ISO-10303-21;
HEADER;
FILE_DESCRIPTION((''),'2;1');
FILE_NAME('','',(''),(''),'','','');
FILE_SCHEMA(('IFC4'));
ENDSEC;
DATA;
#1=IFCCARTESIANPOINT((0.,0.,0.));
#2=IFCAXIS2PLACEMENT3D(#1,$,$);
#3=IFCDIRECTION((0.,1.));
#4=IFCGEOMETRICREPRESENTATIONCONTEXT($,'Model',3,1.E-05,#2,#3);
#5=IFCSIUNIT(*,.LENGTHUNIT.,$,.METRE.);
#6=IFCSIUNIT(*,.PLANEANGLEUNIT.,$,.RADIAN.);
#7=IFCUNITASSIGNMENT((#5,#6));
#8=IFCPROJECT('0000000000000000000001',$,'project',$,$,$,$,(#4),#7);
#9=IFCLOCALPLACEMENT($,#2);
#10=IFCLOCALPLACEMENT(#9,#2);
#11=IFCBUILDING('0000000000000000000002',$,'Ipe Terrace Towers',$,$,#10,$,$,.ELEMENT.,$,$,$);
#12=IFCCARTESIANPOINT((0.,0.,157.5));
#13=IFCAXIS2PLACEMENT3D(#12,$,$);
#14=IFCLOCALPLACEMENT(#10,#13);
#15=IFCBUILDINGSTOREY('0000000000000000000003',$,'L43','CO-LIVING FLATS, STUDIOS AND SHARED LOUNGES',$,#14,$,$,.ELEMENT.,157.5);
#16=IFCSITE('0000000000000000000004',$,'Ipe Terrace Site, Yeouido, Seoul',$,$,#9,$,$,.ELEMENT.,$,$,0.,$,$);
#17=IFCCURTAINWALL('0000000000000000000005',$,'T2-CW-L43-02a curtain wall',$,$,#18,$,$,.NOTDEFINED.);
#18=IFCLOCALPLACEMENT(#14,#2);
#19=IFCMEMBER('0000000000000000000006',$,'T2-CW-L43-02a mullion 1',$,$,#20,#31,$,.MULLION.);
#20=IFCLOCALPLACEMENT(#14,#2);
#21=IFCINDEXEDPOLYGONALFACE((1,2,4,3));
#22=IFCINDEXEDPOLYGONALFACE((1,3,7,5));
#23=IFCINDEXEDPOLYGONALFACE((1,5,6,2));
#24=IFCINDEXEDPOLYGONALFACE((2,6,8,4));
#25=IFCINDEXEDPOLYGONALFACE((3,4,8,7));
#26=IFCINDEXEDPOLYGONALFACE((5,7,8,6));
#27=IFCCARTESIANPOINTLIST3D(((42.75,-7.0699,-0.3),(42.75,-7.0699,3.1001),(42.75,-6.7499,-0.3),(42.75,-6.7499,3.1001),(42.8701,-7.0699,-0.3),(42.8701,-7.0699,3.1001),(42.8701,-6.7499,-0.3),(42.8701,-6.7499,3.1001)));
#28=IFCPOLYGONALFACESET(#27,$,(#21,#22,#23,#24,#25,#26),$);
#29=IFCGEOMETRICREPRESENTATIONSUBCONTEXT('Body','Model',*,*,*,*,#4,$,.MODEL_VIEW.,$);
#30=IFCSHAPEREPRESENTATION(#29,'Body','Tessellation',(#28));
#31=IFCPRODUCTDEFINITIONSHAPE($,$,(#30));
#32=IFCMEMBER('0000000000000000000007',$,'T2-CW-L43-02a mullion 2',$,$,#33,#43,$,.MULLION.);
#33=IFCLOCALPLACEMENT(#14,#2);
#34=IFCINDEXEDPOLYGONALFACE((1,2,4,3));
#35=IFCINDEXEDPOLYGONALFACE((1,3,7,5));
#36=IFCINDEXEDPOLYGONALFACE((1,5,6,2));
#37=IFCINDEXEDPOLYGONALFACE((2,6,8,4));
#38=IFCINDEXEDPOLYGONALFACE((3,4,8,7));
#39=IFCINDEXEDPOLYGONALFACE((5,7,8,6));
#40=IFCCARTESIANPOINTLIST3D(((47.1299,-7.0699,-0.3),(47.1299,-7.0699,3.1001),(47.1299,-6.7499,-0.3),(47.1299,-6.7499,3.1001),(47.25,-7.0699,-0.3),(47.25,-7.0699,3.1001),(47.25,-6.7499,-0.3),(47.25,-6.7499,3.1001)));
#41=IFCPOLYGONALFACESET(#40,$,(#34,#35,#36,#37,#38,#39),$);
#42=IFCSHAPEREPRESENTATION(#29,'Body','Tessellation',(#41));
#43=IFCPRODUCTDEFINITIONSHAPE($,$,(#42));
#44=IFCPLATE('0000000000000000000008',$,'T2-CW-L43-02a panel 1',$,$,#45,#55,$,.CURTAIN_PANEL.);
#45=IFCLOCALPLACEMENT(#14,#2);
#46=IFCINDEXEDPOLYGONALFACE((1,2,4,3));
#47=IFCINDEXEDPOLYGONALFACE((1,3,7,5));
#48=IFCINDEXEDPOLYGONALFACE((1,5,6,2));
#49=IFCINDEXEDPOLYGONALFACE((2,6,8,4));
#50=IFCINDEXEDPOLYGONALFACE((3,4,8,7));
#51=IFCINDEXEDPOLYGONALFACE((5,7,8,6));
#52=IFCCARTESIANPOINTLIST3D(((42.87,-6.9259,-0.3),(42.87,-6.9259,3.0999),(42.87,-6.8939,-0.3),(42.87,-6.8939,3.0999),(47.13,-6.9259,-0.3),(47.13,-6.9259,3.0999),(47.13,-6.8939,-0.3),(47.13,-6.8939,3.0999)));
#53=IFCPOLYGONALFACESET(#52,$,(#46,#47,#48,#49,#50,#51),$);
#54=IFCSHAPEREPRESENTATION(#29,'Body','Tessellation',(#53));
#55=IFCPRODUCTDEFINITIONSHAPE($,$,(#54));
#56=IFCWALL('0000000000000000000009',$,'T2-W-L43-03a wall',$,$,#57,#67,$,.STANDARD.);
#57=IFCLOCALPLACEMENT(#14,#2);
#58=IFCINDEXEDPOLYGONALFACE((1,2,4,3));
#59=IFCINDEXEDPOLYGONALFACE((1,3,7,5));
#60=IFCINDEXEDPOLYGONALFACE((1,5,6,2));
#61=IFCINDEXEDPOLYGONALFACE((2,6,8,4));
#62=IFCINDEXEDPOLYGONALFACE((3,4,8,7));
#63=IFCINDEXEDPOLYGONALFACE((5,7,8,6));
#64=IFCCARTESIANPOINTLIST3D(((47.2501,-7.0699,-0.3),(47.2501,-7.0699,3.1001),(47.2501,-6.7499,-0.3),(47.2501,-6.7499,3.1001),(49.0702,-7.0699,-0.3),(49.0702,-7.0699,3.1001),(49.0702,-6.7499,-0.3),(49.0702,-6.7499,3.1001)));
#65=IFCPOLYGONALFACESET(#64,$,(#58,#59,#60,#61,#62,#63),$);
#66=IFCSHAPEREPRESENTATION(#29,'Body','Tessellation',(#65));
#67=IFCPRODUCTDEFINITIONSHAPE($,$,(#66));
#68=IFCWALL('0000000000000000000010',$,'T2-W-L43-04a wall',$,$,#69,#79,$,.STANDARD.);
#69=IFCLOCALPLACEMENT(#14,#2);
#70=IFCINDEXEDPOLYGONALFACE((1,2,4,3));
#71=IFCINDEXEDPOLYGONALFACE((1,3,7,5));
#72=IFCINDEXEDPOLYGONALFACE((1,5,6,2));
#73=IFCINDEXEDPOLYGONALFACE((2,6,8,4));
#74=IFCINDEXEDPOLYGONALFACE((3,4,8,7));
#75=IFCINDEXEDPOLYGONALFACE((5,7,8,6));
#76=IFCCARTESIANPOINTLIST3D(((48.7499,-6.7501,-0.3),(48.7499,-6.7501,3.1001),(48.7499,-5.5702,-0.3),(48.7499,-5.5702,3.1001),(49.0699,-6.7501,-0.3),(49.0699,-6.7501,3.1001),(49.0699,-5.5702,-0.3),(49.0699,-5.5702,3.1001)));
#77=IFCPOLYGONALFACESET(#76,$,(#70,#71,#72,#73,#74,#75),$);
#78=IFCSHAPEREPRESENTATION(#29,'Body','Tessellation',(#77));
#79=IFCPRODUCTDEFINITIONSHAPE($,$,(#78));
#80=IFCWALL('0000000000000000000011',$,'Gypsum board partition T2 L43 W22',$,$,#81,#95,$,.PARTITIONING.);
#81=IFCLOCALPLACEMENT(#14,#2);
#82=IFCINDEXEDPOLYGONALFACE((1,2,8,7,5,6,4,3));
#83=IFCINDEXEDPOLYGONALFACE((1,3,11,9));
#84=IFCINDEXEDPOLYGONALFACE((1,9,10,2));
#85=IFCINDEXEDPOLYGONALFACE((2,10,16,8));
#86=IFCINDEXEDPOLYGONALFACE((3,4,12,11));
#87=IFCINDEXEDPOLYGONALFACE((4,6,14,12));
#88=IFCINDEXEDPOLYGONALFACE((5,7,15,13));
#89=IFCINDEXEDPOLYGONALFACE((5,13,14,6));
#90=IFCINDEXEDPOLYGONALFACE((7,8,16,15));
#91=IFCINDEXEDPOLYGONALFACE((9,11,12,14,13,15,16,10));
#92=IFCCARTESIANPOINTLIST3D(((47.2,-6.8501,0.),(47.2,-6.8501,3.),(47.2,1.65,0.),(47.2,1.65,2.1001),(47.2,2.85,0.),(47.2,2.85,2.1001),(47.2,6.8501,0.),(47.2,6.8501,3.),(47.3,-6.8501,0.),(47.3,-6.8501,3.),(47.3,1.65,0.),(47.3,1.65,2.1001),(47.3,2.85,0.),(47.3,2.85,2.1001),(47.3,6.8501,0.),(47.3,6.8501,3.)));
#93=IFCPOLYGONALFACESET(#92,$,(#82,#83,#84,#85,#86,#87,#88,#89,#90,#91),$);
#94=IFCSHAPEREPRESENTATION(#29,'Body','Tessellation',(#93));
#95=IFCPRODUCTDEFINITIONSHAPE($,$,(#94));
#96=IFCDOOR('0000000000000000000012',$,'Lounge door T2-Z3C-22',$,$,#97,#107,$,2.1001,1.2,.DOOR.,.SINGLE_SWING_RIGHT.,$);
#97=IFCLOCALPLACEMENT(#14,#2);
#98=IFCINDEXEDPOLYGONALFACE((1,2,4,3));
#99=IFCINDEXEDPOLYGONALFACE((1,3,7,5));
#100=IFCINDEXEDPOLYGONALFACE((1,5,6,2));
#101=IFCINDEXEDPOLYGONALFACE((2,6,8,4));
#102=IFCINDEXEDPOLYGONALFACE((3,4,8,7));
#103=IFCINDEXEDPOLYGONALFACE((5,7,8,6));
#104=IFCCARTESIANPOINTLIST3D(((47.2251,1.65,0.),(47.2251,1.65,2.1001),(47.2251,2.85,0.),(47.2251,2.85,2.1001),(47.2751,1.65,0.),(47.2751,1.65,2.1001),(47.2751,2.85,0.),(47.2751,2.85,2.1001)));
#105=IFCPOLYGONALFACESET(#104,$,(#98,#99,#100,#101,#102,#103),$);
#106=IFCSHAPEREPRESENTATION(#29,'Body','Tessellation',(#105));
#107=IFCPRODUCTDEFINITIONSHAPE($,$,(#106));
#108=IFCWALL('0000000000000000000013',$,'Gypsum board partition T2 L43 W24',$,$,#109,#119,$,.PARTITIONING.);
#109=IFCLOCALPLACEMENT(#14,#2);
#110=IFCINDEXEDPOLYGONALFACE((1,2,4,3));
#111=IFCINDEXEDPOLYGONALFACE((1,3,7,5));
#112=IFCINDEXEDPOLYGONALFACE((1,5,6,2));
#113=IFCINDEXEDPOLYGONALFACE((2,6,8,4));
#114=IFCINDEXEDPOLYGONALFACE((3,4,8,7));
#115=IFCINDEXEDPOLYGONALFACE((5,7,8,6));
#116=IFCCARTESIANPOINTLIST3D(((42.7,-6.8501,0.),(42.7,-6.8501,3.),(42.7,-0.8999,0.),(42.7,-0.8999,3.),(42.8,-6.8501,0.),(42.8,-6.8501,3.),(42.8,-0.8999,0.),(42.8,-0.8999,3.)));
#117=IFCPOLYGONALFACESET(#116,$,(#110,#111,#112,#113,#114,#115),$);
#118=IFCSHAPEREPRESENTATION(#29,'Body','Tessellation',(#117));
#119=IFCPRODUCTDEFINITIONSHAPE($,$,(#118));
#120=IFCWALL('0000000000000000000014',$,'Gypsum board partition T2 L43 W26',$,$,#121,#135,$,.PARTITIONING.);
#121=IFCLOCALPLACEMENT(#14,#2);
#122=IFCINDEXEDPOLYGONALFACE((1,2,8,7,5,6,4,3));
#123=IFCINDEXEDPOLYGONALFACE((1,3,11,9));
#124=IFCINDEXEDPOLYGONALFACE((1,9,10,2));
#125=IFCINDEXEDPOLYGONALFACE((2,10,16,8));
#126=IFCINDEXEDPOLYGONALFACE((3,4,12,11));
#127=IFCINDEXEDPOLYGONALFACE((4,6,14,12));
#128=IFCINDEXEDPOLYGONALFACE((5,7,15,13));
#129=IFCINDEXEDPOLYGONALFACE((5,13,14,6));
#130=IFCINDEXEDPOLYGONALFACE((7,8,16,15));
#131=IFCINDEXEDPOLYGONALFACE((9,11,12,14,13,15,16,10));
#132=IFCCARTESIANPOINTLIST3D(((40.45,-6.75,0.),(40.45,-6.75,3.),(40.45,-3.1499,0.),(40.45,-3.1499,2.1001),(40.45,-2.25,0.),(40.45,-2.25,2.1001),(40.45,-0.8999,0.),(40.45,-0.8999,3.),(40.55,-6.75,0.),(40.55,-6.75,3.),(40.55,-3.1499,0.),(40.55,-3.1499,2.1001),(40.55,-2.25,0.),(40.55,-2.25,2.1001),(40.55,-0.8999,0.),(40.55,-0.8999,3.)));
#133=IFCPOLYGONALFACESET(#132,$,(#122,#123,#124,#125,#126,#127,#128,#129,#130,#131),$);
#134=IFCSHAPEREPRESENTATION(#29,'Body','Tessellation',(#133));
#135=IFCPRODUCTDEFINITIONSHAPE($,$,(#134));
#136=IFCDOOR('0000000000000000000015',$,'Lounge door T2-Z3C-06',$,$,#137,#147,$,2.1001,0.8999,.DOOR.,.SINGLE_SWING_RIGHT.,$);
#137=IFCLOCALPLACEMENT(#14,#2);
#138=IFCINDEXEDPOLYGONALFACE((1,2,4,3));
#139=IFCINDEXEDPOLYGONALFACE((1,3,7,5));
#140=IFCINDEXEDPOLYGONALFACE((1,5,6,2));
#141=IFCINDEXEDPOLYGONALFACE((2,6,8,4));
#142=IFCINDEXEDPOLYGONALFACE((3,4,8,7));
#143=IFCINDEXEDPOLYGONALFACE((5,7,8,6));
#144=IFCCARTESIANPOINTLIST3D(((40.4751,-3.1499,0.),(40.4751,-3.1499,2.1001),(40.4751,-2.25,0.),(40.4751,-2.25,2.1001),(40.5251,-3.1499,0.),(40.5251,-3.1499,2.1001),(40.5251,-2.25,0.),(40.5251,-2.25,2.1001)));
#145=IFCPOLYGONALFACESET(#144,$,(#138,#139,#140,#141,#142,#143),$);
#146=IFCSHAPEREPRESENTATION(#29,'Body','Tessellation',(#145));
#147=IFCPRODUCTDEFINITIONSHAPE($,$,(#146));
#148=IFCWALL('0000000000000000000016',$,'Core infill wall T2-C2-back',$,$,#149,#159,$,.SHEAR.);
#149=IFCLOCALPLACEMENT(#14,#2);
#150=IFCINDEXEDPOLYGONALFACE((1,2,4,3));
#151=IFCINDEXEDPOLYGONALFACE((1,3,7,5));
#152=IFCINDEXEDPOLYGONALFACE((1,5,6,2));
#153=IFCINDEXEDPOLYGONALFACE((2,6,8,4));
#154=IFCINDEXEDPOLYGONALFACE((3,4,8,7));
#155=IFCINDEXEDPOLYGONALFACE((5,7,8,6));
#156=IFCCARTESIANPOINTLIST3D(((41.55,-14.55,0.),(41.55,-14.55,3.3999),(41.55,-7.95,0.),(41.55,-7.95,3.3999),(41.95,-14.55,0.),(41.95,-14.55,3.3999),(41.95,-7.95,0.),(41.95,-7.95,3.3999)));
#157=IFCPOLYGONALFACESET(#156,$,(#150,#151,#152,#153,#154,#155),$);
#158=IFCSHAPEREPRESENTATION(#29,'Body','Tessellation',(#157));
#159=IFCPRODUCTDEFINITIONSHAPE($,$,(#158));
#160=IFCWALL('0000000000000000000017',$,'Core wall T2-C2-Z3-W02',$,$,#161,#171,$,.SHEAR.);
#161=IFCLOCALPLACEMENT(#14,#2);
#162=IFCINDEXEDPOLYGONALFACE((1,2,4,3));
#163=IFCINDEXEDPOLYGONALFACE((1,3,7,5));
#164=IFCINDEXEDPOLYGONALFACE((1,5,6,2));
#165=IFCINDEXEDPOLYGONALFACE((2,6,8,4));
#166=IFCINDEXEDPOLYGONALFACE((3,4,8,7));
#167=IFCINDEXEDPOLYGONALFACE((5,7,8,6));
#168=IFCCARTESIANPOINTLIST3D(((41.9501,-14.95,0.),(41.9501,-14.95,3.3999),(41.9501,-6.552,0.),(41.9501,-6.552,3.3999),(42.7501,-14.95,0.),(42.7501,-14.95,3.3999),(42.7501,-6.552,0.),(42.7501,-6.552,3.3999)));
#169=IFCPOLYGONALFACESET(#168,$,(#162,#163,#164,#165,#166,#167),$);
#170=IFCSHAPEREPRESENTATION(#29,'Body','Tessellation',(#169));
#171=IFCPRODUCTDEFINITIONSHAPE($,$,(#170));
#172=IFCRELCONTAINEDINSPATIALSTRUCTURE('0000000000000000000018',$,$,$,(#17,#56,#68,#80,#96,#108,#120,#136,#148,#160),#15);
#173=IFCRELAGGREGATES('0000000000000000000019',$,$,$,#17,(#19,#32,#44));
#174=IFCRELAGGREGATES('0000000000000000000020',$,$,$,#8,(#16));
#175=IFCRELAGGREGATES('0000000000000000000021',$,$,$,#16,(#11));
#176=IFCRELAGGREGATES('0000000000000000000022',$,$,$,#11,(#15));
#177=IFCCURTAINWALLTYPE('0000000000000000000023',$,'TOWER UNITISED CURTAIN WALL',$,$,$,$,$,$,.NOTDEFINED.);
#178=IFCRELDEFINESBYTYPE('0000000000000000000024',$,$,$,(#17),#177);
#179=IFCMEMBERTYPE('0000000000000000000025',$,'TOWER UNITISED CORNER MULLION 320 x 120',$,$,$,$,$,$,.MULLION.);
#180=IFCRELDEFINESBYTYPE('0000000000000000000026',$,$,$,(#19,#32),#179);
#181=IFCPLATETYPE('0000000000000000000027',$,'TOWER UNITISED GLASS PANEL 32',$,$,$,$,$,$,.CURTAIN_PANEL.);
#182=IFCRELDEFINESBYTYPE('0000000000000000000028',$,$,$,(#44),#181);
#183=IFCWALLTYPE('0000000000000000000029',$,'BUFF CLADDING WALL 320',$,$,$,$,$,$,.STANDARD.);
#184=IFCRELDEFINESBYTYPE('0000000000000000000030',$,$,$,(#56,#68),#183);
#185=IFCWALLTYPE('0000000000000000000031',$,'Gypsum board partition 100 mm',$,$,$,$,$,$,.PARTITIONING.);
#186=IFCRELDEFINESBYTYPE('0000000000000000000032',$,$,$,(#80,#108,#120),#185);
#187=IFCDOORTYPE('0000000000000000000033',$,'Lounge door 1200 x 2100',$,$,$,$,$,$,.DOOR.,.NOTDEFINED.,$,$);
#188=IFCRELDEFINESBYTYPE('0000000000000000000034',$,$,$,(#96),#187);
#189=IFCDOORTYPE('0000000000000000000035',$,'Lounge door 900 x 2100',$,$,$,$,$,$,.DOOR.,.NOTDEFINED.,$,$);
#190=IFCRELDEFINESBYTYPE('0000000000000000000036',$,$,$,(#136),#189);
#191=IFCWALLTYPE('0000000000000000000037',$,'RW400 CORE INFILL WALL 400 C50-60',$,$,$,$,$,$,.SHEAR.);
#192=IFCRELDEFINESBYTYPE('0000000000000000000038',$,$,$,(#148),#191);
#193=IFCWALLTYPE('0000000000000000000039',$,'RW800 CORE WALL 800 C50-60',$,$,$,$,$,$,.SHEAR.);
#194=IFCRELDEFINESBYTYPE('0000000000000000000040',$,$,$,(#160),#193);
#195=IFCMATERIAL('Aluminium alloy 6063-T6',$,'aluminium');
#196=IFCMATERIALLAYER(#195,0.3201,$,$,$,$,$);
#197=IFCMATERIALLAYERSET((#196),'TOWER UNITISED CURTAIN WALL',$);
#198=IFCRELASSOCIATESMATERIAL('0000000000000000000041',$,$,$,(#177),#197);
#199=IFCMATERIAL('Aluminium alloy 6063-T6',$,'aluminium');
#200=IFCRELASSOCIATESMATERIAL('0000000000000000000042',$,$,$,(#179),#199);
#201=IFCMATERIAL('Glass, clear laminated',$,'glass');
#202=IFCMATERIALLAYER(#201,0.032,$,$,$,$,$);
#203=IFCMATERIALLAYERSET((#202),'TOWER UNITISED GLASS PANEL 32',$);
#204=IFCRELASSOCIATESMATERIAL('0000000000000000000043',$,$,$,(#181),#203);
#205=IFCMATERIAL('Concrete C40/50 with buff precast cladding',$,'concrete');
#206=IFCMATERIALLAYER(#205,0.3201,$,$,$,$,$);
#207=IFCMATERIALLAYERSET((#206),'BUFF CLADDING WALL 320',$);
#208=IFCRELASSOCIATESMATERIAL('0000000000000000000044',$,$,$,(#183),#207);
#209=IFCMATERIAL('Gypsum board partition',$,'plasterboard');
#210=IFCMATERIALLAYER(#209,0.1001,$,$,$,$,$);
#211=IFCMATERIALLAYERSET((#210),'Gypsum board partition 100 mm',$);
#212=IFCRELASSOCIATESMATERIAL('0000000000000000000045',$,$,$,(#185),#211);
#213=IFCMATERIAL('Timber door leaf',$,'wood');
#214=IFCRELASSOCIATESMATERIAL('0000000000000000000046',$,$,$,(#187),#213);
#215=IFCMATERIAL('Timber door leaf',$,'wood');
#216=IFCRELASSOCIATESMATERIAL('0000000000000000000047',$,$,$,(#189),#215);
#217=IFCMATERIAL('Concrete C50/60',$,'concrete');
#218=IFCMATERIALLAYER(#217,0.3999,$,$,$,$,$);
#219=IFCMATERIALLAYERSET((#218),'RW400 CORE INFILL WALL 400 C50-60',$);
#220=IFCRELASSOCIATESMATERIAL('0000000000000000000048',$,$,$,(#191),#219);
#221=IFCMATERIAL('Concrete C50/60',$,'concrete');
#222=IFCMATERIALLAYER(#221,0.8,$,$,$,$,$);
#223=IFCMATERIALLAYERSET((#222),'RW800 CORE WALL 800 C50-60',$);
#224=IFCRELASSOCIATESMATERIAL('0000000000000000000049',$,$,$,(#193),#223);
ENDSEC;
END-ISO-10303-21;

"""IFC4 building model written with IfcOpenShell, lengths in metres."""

from ifc_helpers import new_model, si_unit, direction, frame, frame_2d, origin, origin_2d, place, context, subcontext, project, spatial, rectangle, extrude, material, layer, layer_set, material_profile, profile_set, type_object, element, fill, aggregate, save


model = new_model("IFC4")

# Units and contexts
model_context = context("Model", 3, precision=1e-05, world=origin(), true_north=direction((0.0, 1.0)))
body_context = subcontext(model_context, "Body", "Model", "MODEL_VIEW")
ifc_project = project(units=[si_unit("LENGTHUNIT", "METRE"), si_unit("PLANEANGLEUNIT", "RADIAN")], contexts=[model_context])

# Site, building, storey
site_placement = place(None, origin())
site = spatial("IfcSite", under=ifc_project, at=site_placement, Name="Ipe Terrace Site, Yeouido, Seoul", CompositionType="ELEMENT", RefElevation=0.0)
building_placement = place(site_placement, origin())
building = spatial("IfcBuilding", under=site, at=building_placement, Name="Ipe Terrace Towers", CompositionType="ELEMENT")
storey_placement = place(building_placement, frame((0.0, 0.0, 157.5)))
storey = spatial("IfcBuildingStorey", under=building, at=storey_placement, Name="L43", Description="CO-LIVING FLATS, STUDIOS AND SHARED LOUNGES", CompositionType="ELEMENT", Elevation=157.5)

# Curtain wall, members, plate
ifc_material_1 = material(Name="Aluminium alloy 6063-T6", Category="aluminium")
ifc_layer_1 = layer(ifc_material_1, 0.3201)
ifc_layer_set_1 = layer_set([ifc_layer_1], Name="TOWER UNITISED CURTAIN WALL")
curtain_wall_type = type_object("IfcCurtainWallType", Name="TOWER UNITISED CURTAIN WALL", PredefinedType="NOTDEFINED", material=ifc_layer_set_1)
curtain_wall_placement = place(storey_placement, origin())
curtain_wall = element("IfcCurtainWall", 1, at=curtain_wall_placement, inside=storey, type_object=curtain_wall_type, Name="T2-CW-L43-02a curtain wall", PredefinedType="NOTDEFINED")
ifc_material_2 = material(Name="Aluminium alloy 6063-T6", Category="aluminium")
ifc_material_profile = material_profile(ifc_material_2, rectangle(XDim=0.3201, YDim=0.1201, at=origin_2d()), Name="TOWER UNITISED CORNER MULLION 320 x 120")
ifc_profile_set = profile_set([ifc_material_profile], Name="Aluminium alloy 6063-T6")
member_type = type_object("IfcMemberType", Name="TOWER UNITISED CORNER MULLION 320 x 120", PredefinedType="MULLION", material=ifc_profile_set)
member_1_placement = place(storey_placement, frame((42.8101, -6.9099, -0.3), z_axis=(0.0, 0.0, 1.0), x_axis=(0.0, -1.0, 0.0)))
member_1 = element("IfcMember", 2, at=member_1_placement, type_object=member_type, Name="T2-CW-L43-02a mullion 1", PredefinedType="MULLION", context=body_context, shape_type="SweptSolid", body=[
    extrude(rectangle(XDim=0.3201, YDim=0.1201, at=origin_2d()), origin(), (0.0, 0.0, 1.0), 3.4001),
])
member_2_placement = place(storey_placement, frame((47.1899, -6.9099, -0.3), z_axis=(0.0, 0.0, 1.0), x_axis=(0.0, -1.0, 0.0)))
member_2 = element("IfcMember", 3, at=member_2_placement, type_object=member_type, Name="T2-CW-L43-02a mullion 2", PredefinedType="MULLION", context=body_context, shape_type="SweptSolid", body=[
    extrude(rectangle(XDim=0.3201, YDim=0.1201, at=origin_2d()), origin(), (0.0, 0.0, 1.0), 3.4001),
])
ifc_material_3 = material(Name="Glass, clear laminated", Category="glass")
ifc_layer_2 = layer(ifc_material_3, 0.032)
ifc_layer_set_2 = layer_set([ifc_layer_2], Name="TOWER UNITISED GLASS PANEL 32")
plate_type = type_object("IfcPlateType", Name="TOWER UNITISED GLASS PANEL 32", PredefinedType="CURTAIN_PANEL", material=ifc_layer_set_2)
plate_placement = place(storey_placement, frame((45.0, -6.9099, -0.3), z_axis=(0.0, 0.0, 1.0), x_axis=(1.0, 0.0, 0.0)))
plate = element("IfcPlate", 4, at=plate_placement, type_object=plate_type, Name="T2-CW-L43-02a panel 1", PredefinedType="CURTAIN_PANEL", context=body_context, shape_type="SweptSolid", body=[
    extrude(rectangle(XDim=4.26, YDim=0.032, at=origin_2d()), origin(), (0.0, 0.0, 1.0), 3.3999),
])
aggregate(curtain_wall, [member_1, member_2, plate])

# Walls
ifc_material_4 = material(Name="Concrete C40/50 with buff precast cladding", Category="concrete")
ifc_layer_3 = layer(ifc_material_4, 0.3201)
ifc_layer_set_3 = layer_set([ifc_layer_3], Name="BUFF CLADDING WALL 320")
wall_type_1 = type_object("IfcWallType", Name="BUFF CLADDING WALL 320", PredefinedType="STANDARD", material=ifc_layer_set_3)
wall_1_placement = place(storey_placement, frame((47.25, -6.9099, -0.3), z_axis=(0.0, 0.0, 1.0), x_axis=(1.0, 0.0, 0.0)))
element("IfcWall", 5, at=wall_1_placement, inside=storey, type_object=wall_type_1, Name="T2-W-L43-03a wall", PredefinedType="STANDARD", context=body_context, shape_type="SweptSolid", body=[
    extrude(rectangle(XDim=1.8201, YDim=0.3201, at=frame_2d((0.9102, 0.0))), origin(), (0.0, 0.0, 1.0), 3.4001),
])
wall_2_placement = place(storey_placement, frame((48.9099, -6.75, -0.3), z_axis=(0.0, 0.0, 1.0), x_axis=(0.0, 1.0, 0.0)))
element("IfcWall", 6, at=wall_2_placement, inside=storey, type_object=wall_type_1, Name="T2-W-L43-04a wall", PredefinedType="STANDARD", context=body_context, shape_type="SweptSolid", body=[
    extrude(rectangle(XDim=1.1799, YDim=0.3201, at=frame_2d((0.5898, 0.0))), origin(), (0.0, 0.0, 1.0), 3.4001),
])

# Wall, opening, door
ifc_material_5 = material(Name="Gypsum board partition", Category="plasterboard")
ifc_layer_4 = layer(ifc_material_5, 0.1001)
ifc_layer_set_4 = layer_set([ifc_layer_4], Name="Gypsum board partition 100 mm")
wall_type_2 = type_object("IfcWallType", Name="Gypsum board partition 100 mm", PredefinedType="PARTITIONING", material=ifc_layer_set_4)
wall_3_placement = place(storey_placement, frame((47.25, -6.8501, 0.0), z_axis=(0.0, 0.0, 1.0), x_axis=(0.0, 1.0, 0.0)))
wall_3 = element("IfcWall", 7, at=wall_3_placement, inside=storey, type_object=wall_type_2, Name="Gypsum board partition T2 L43 W22", PredefinedType="PARTITIONING", context=body_context, shape_type="SweptSolid", body=[
    extrude(rectangle(XDim=13.7002, YDim=0.1001, at=frame_2d((6.8501, 0.0))), origin(), (0.0, 0.0, 1.0), 3.0),
])
opening_1_placement = place(wall_3_placement, frame((8.5, 0.0, 0.0)))
opening_1 = element("IfcOpeningElement", 8, at=opening_1_placement, cuts=wall_3, PredefinedType="OPENING", context=body_context, shape_type="SweptSolid", body=[
    extrude(rectangle(XDim=1.2, YDim=2.1001, at=frame_2d((0.6001, 1.05))), frame((0.0, 0.0601, 0.0), z_axis=(0.0, -1.0, 0.0), x_axis=(1.0, 0.0, 0.0)), (0.0, 0.0, 1.0), 0.1201),
])
ifc_material_6 = material(Name="Timber door leaf", Category="wood")
door_type_1 = type_object("IfcDoorType", Name="Lounge door 1200 x 2100", OperationType="NOTDEFINED", PredefinedType="DOOR", material=ifc_material_6)
door_1_placement = place(opening_1_placement, origin())
door_1 = element("IfcDoor", 9, at=door_1_placement, inside=storey, type_object=door_type_1, Name="Lounge door T2-Z3C-22", OperationType="SINGLE_SWING_RIGHT", OverallHeight=2.1001, OverallWidth=1.2, PredefinedType="DOOR", context=body_context, shape_type="SweptSolid", body=[
    extrude(rectangle(XDim=1.2, YDim=2.1001, at=frame_2d((0.6001, 1.05))), frame((0.0, 0.0249, 0.0), z_axis=(0.0, -1.0, 0.0), x_axis=(1.0, 0.0, 0.0)), (0.0, 0.0, 1.0), 0.05),
])
fill(opening_1, door_1)

# Wall
wall_4_placement = place(storey_placement, frame((42.75, -6.8501, 0.0), z_axis=(0.0, 0.0, 1.0), x_axis=(0.0, 1.0, 0.0)))
element("IfcWall", 10, at=wall_4_placement, inside=storey, type_object=wall_type_2, Name="Gypsum board partition T2 L43 W24", PredefinedType="PARTITIONING", context=body_context, shape_type="SweptSolid", body=[
    extrude(rectangle(XDim=5.9502, YDim=0.1001, at=frame_2d((2.9751, 0.0))), origin(), (0.0, 0.0, 1.0), 3.0),
])

# Wall, opening, door
wall_5_placement = place(storey_placement, frame((40.5, -6.75, 0.0), z_axis=(0.0, 0.0, 1.0), x_axis=(0.0, 1.0, 0.0)))
wall_5 = element("IfcWall", 11, at=wall_5_placement, inside=storey, type_object=wall_type_2, Name="Gypsum board partition T2 L43 W26", PredefinedType="PARTITIONING", context=body_context, shape_type="SweptSolid", body=[
    extrude(rectangle(XDim=5.8501, YDim=0.1001, at=frame_2d((2.925, 0.0))), origin(), (0.0, 0.0, 1.0), 3.0),
])
opening_2_placement = place(wall_5_placement, frame((3.6001, 0.0, 0.0)))
opening_2 = element("IfcOpeningElement", 12, at=opening_2_placement, cuts=wall_5, PredefinedType="OPENING", context=body_context, shape_type="SweptSolid", body=[
    extrude(rectangle(XDim=0.8999, YDim=2.1001, at=frame_2d((0.45, 1.05))), frame((0.0, 0.0601, 0.0), z_axis=(0.0, -1.0, 0.0), x_axis=(1.0, 0.0, 0.0)), (0.0, 0.0, 1.0), 0.1201),
])
ifc_material_7 = material(Name="Timber door leaf", Category="wood")
door_type_2 = type_object("IfcDoorType", Name="Lounge door 900 x 2100", OperationType="NOTDEFINED", PredefinedType="DOOR", material=ifc_material_7)
door_2_placement = place(opening_2_placement, origin())
door_2 = element("IfcDoor", 13, at=door_2_placement, inside=storey, type_object=door_type_2, Name="Lounge door T2-Z3C-06", OperationType="SINGLE_SWING_RIGHT", OverallHeight=2.1001, OverallWidth=0.8999, PredefinedType="DOOR", context=body_context, shape_type="SweptSolid", body=[
    extrude(rectangle(XDim=0.8999, YDim=2.1001, at=frame_2d((0.45, 1.05))), frame((0.0, 0.0249, 0.0), z_axis=(0.0, -1.0, 0.0), x_axis=(1.0, 0.0, 0.0)), (0.0, 0.0, 1.0), 0.05),
])
fill(opening_2, door_2)

# Walls
ifc_material_8 = material(Name="Concrete C50/60", Category="concrete")
ifc_layer_5 = layer(ifc_material_8, 0.3999)
ifc_layer_set_5 = layer_set([ifc_layer_5], Name="RW400 CORE INFILL WALL 400 C50-60")
wall_type_3 = type_object("IfcWallType", Name="RW400 CORE INFILL WALL 400 C50-60", PredefinedType="SHEAR", material=ifc_layer_set_5)
wall_6_placement = place(storey_placement, frame((41.75, -7.95, 0.0), z_axis=(0.0, 0.0, 1.0), x_axis=(0.0, -1.0, 0.0)))
element("IfcWall", 14, at=wall_6_placement, inside=storey, type_object=wall_type_3, Name="Core infill wall T2-C2-back", PredefinedType="SHEAR", context=body_context, shape_type="SweptSolid", body=[
    extrude(rectangle(XDim=6.6001, YDim=0.3999, at=frame_2d((3.3, 0.0))), origin(), (0.0, 0.0, 1.0), 3.3999),
])
ifc_material_9 = material(Name="Concrete C50/60", Category="concrete")
ifc_layer_6 = layer(ifc_material_9, 0.8)
ifc_layer_set_6 = layer_set([ifc_layer_6], Name="RW800 CORE WALL 800 C50-60")
wall_type_4 = type_object("IfcWallType", Name="RW800 CORE WALL 800 C50-60", PredefinedType="SHEAR", material=ifc_layer_set_6)
wall_7_placement = place(storey_placement, frame((42.3501, -14.95, 0.0), z_axis=(0.0, 0.0, 1.0), x_axis=(0.0, 1.0, 0.0)))
element("IfcWall", 15, at=wall_7_placement, inside=storey, type_object=wall_type_4, Name="Core wall T2-C2-Z3-W02", PredefinedType="SHEAR", context=body_context, shape_type="SweptSolid", body=[
    extrude(rectangle(XDim=8.3979, YDim=0.8, at=frame_2d((4.199, 0.0))), origin(), (0.0, 0.0, 1.0), 3.3999),
])

save(model, "model.ifc")
